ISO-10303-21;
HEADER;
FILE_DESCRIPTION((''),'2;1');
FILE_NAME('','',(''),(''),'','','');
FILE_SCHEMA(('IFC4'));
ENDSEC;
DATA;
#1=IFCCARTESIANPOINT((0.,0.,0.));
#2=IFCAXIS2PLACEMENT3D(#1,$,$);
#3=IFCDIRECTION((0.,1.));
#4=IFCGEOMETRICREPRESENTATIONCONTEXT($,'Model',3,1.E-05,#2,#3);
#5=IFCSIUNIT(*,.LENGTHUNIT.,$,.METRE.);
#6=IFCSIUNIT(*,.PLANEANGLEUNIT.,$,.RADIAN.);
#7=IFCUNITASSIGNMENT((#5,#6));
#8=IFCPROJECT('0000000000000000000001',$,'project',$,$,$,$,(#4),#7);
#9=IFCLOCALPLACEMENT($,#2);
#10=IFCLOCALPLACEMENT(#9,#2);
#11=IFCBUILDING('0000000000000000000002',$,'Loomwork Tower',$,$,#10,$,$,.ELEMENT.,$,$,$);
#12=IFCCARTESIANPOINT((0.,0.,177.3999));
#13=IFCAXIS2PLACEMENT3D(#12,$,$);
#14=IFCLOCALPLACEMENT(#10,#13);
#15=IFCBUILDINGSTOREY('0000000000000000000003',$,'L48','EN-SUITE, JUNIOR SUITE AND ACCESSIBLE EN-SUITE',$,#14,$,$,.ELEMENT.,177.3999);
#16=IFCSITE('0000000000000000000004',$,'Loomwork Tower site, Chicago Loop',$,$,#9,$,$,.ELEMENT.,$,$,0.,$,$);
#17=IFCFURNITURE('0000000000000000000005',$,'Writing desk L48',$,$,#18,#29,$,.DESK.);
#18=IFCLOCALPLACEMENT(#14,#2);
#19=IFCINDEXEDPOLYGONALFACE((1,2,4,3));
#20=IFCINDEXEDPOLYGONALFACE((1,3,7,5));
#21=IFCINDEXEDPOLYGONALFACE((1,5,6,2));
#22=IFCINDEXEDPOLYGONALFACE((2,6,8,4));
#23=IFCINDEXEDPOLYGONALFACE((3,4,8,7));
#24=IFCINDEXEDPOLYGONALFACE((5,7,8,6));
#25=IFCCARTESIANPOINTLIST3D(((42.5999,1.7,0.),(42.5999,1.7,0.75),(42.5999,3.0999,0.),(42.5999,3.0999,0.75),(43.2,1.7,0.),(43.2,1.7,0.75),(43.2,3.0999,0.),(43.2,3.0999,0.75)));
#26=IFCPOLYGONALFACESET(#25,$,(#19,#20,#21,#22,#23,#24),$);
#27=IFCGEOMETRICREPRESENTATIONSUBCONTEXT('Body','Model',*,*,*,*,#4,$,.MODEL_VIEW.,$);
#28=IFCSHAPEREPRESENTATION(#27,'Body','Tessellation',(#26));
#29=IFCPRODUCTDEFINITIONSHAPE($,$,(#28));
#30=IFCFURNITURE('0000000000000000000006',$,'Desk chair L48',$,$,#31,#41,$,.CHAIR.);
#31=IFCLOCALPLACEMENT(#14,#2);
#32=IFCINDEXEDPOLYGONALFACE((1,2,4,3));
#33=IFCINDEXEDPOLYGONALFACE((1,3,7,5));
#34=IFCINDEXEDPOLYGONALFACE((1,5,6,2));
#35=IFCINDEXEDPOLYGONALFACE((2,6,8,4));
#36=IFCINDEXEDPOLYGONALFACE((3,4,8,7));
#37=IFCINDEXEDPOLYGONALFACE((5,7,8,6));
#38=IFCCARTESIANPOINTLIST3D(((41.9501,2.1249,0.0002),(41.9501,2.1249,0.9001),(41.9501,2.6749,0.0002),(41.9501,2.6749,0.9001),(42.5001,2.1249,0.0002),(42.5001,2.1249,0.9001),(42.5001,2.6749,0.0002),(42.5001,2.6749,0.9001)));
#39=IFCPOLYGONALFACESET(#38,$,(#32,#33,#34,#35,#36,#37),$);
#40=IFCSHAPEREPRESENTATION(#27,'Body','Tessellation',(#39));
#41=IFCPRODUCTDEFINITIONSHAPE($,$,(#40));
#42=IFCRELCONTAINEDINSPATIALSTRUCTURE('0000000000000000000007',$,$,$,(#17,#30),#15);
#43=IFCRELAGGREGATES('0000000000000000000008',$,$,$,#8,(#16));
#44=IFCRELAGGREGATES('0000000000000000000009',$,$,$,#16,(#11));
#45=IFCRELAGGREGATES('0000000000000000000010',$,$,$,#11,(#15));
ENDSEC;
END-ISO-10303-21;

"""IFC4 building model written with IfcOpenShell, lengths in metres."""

from ifc_helpers import new_model, si_unit, direction, frame, origin, origin_2d, place, context, subcontext, project, spatial, rectangle, extrude, element, save


model = new_model("IFC4")

# Units and contexts
model_context = context("Model", 3, precision=1e-05, world=origin(), true_north=direction((0.0, 1.0)))
body_context = subcontext(model_context, "Body", "Model", "MODEL_VIEW")
ifc_project = project(units=[si_unit("LENGTHUNIT", "METRE"), si_unit("PLANEANGLEUNIT", "RADIAN")], contexts=[model_context])

# Site, building, storey
site_placement = place(None, origin())
site = spatial("IfcSite", under=ifc_project, at=site_placement, Name="Loomwork Tower site, Chicago Loop", CompositionType="ELEMENT", RefElevation=0.0)
building_placement = place(site_placement, origin())
building = spatial("IfcBuilding", under=site, at=building_placement, Name="Loomwork Tower", CompositionType="ELEMENT")
storey_placement = place(building_placement, frame((0.0, 0.0, 177.3999)))
storey = spatial("IfcBuildingStorey", under=building, at=storey_placement, Name="L48", Description="EN-SUITE, JUNIOR SUITE AND ACCESSIBLE EN-SUITE", CompositionType="ELEMENT", Elevation=177.3999)

# Furniture
furniture_1_placement = place(storey_placement, frame((42.8999, 2.3999, 0.0), z_axis=(0.0, 0.0, 1.0), x_axis=(1.0, 0.0, 0.0)))
element("IfcFurniture", 1, at=furniture_1_placement, inside=storey, Name="Writing desk L48", PredefinedType="DESK", context=body_context, shape_type="SweptSolid", body=[
    extrude(rectangle(XDim=0.6001, YDim=1.3999, at=origin_2d()), origin(), (0.0, 0.0, 1.0), 0.75),
])
furniture_2_placement = place(storey_placement, frame((42.2251, 2.3999, 0.0002), z_axis=(0.0, 0.0, 1.0), x_axis=(1.0, 0.0, 0.0)))
element("IfcFurniture", 2, at=furniture_2_placement, inside=storey, Name="Desk chair L48", PredefinedType="CHAIR", context=body_context, shape_type="SweptSolid", body=[
    extrude(rectangle(XDim=0.55, YDim=0.55, at=origin_2d()), origin(), (0.0, 0.0, 1.0), 0.8999),
])

save(model, "model.ifc")
